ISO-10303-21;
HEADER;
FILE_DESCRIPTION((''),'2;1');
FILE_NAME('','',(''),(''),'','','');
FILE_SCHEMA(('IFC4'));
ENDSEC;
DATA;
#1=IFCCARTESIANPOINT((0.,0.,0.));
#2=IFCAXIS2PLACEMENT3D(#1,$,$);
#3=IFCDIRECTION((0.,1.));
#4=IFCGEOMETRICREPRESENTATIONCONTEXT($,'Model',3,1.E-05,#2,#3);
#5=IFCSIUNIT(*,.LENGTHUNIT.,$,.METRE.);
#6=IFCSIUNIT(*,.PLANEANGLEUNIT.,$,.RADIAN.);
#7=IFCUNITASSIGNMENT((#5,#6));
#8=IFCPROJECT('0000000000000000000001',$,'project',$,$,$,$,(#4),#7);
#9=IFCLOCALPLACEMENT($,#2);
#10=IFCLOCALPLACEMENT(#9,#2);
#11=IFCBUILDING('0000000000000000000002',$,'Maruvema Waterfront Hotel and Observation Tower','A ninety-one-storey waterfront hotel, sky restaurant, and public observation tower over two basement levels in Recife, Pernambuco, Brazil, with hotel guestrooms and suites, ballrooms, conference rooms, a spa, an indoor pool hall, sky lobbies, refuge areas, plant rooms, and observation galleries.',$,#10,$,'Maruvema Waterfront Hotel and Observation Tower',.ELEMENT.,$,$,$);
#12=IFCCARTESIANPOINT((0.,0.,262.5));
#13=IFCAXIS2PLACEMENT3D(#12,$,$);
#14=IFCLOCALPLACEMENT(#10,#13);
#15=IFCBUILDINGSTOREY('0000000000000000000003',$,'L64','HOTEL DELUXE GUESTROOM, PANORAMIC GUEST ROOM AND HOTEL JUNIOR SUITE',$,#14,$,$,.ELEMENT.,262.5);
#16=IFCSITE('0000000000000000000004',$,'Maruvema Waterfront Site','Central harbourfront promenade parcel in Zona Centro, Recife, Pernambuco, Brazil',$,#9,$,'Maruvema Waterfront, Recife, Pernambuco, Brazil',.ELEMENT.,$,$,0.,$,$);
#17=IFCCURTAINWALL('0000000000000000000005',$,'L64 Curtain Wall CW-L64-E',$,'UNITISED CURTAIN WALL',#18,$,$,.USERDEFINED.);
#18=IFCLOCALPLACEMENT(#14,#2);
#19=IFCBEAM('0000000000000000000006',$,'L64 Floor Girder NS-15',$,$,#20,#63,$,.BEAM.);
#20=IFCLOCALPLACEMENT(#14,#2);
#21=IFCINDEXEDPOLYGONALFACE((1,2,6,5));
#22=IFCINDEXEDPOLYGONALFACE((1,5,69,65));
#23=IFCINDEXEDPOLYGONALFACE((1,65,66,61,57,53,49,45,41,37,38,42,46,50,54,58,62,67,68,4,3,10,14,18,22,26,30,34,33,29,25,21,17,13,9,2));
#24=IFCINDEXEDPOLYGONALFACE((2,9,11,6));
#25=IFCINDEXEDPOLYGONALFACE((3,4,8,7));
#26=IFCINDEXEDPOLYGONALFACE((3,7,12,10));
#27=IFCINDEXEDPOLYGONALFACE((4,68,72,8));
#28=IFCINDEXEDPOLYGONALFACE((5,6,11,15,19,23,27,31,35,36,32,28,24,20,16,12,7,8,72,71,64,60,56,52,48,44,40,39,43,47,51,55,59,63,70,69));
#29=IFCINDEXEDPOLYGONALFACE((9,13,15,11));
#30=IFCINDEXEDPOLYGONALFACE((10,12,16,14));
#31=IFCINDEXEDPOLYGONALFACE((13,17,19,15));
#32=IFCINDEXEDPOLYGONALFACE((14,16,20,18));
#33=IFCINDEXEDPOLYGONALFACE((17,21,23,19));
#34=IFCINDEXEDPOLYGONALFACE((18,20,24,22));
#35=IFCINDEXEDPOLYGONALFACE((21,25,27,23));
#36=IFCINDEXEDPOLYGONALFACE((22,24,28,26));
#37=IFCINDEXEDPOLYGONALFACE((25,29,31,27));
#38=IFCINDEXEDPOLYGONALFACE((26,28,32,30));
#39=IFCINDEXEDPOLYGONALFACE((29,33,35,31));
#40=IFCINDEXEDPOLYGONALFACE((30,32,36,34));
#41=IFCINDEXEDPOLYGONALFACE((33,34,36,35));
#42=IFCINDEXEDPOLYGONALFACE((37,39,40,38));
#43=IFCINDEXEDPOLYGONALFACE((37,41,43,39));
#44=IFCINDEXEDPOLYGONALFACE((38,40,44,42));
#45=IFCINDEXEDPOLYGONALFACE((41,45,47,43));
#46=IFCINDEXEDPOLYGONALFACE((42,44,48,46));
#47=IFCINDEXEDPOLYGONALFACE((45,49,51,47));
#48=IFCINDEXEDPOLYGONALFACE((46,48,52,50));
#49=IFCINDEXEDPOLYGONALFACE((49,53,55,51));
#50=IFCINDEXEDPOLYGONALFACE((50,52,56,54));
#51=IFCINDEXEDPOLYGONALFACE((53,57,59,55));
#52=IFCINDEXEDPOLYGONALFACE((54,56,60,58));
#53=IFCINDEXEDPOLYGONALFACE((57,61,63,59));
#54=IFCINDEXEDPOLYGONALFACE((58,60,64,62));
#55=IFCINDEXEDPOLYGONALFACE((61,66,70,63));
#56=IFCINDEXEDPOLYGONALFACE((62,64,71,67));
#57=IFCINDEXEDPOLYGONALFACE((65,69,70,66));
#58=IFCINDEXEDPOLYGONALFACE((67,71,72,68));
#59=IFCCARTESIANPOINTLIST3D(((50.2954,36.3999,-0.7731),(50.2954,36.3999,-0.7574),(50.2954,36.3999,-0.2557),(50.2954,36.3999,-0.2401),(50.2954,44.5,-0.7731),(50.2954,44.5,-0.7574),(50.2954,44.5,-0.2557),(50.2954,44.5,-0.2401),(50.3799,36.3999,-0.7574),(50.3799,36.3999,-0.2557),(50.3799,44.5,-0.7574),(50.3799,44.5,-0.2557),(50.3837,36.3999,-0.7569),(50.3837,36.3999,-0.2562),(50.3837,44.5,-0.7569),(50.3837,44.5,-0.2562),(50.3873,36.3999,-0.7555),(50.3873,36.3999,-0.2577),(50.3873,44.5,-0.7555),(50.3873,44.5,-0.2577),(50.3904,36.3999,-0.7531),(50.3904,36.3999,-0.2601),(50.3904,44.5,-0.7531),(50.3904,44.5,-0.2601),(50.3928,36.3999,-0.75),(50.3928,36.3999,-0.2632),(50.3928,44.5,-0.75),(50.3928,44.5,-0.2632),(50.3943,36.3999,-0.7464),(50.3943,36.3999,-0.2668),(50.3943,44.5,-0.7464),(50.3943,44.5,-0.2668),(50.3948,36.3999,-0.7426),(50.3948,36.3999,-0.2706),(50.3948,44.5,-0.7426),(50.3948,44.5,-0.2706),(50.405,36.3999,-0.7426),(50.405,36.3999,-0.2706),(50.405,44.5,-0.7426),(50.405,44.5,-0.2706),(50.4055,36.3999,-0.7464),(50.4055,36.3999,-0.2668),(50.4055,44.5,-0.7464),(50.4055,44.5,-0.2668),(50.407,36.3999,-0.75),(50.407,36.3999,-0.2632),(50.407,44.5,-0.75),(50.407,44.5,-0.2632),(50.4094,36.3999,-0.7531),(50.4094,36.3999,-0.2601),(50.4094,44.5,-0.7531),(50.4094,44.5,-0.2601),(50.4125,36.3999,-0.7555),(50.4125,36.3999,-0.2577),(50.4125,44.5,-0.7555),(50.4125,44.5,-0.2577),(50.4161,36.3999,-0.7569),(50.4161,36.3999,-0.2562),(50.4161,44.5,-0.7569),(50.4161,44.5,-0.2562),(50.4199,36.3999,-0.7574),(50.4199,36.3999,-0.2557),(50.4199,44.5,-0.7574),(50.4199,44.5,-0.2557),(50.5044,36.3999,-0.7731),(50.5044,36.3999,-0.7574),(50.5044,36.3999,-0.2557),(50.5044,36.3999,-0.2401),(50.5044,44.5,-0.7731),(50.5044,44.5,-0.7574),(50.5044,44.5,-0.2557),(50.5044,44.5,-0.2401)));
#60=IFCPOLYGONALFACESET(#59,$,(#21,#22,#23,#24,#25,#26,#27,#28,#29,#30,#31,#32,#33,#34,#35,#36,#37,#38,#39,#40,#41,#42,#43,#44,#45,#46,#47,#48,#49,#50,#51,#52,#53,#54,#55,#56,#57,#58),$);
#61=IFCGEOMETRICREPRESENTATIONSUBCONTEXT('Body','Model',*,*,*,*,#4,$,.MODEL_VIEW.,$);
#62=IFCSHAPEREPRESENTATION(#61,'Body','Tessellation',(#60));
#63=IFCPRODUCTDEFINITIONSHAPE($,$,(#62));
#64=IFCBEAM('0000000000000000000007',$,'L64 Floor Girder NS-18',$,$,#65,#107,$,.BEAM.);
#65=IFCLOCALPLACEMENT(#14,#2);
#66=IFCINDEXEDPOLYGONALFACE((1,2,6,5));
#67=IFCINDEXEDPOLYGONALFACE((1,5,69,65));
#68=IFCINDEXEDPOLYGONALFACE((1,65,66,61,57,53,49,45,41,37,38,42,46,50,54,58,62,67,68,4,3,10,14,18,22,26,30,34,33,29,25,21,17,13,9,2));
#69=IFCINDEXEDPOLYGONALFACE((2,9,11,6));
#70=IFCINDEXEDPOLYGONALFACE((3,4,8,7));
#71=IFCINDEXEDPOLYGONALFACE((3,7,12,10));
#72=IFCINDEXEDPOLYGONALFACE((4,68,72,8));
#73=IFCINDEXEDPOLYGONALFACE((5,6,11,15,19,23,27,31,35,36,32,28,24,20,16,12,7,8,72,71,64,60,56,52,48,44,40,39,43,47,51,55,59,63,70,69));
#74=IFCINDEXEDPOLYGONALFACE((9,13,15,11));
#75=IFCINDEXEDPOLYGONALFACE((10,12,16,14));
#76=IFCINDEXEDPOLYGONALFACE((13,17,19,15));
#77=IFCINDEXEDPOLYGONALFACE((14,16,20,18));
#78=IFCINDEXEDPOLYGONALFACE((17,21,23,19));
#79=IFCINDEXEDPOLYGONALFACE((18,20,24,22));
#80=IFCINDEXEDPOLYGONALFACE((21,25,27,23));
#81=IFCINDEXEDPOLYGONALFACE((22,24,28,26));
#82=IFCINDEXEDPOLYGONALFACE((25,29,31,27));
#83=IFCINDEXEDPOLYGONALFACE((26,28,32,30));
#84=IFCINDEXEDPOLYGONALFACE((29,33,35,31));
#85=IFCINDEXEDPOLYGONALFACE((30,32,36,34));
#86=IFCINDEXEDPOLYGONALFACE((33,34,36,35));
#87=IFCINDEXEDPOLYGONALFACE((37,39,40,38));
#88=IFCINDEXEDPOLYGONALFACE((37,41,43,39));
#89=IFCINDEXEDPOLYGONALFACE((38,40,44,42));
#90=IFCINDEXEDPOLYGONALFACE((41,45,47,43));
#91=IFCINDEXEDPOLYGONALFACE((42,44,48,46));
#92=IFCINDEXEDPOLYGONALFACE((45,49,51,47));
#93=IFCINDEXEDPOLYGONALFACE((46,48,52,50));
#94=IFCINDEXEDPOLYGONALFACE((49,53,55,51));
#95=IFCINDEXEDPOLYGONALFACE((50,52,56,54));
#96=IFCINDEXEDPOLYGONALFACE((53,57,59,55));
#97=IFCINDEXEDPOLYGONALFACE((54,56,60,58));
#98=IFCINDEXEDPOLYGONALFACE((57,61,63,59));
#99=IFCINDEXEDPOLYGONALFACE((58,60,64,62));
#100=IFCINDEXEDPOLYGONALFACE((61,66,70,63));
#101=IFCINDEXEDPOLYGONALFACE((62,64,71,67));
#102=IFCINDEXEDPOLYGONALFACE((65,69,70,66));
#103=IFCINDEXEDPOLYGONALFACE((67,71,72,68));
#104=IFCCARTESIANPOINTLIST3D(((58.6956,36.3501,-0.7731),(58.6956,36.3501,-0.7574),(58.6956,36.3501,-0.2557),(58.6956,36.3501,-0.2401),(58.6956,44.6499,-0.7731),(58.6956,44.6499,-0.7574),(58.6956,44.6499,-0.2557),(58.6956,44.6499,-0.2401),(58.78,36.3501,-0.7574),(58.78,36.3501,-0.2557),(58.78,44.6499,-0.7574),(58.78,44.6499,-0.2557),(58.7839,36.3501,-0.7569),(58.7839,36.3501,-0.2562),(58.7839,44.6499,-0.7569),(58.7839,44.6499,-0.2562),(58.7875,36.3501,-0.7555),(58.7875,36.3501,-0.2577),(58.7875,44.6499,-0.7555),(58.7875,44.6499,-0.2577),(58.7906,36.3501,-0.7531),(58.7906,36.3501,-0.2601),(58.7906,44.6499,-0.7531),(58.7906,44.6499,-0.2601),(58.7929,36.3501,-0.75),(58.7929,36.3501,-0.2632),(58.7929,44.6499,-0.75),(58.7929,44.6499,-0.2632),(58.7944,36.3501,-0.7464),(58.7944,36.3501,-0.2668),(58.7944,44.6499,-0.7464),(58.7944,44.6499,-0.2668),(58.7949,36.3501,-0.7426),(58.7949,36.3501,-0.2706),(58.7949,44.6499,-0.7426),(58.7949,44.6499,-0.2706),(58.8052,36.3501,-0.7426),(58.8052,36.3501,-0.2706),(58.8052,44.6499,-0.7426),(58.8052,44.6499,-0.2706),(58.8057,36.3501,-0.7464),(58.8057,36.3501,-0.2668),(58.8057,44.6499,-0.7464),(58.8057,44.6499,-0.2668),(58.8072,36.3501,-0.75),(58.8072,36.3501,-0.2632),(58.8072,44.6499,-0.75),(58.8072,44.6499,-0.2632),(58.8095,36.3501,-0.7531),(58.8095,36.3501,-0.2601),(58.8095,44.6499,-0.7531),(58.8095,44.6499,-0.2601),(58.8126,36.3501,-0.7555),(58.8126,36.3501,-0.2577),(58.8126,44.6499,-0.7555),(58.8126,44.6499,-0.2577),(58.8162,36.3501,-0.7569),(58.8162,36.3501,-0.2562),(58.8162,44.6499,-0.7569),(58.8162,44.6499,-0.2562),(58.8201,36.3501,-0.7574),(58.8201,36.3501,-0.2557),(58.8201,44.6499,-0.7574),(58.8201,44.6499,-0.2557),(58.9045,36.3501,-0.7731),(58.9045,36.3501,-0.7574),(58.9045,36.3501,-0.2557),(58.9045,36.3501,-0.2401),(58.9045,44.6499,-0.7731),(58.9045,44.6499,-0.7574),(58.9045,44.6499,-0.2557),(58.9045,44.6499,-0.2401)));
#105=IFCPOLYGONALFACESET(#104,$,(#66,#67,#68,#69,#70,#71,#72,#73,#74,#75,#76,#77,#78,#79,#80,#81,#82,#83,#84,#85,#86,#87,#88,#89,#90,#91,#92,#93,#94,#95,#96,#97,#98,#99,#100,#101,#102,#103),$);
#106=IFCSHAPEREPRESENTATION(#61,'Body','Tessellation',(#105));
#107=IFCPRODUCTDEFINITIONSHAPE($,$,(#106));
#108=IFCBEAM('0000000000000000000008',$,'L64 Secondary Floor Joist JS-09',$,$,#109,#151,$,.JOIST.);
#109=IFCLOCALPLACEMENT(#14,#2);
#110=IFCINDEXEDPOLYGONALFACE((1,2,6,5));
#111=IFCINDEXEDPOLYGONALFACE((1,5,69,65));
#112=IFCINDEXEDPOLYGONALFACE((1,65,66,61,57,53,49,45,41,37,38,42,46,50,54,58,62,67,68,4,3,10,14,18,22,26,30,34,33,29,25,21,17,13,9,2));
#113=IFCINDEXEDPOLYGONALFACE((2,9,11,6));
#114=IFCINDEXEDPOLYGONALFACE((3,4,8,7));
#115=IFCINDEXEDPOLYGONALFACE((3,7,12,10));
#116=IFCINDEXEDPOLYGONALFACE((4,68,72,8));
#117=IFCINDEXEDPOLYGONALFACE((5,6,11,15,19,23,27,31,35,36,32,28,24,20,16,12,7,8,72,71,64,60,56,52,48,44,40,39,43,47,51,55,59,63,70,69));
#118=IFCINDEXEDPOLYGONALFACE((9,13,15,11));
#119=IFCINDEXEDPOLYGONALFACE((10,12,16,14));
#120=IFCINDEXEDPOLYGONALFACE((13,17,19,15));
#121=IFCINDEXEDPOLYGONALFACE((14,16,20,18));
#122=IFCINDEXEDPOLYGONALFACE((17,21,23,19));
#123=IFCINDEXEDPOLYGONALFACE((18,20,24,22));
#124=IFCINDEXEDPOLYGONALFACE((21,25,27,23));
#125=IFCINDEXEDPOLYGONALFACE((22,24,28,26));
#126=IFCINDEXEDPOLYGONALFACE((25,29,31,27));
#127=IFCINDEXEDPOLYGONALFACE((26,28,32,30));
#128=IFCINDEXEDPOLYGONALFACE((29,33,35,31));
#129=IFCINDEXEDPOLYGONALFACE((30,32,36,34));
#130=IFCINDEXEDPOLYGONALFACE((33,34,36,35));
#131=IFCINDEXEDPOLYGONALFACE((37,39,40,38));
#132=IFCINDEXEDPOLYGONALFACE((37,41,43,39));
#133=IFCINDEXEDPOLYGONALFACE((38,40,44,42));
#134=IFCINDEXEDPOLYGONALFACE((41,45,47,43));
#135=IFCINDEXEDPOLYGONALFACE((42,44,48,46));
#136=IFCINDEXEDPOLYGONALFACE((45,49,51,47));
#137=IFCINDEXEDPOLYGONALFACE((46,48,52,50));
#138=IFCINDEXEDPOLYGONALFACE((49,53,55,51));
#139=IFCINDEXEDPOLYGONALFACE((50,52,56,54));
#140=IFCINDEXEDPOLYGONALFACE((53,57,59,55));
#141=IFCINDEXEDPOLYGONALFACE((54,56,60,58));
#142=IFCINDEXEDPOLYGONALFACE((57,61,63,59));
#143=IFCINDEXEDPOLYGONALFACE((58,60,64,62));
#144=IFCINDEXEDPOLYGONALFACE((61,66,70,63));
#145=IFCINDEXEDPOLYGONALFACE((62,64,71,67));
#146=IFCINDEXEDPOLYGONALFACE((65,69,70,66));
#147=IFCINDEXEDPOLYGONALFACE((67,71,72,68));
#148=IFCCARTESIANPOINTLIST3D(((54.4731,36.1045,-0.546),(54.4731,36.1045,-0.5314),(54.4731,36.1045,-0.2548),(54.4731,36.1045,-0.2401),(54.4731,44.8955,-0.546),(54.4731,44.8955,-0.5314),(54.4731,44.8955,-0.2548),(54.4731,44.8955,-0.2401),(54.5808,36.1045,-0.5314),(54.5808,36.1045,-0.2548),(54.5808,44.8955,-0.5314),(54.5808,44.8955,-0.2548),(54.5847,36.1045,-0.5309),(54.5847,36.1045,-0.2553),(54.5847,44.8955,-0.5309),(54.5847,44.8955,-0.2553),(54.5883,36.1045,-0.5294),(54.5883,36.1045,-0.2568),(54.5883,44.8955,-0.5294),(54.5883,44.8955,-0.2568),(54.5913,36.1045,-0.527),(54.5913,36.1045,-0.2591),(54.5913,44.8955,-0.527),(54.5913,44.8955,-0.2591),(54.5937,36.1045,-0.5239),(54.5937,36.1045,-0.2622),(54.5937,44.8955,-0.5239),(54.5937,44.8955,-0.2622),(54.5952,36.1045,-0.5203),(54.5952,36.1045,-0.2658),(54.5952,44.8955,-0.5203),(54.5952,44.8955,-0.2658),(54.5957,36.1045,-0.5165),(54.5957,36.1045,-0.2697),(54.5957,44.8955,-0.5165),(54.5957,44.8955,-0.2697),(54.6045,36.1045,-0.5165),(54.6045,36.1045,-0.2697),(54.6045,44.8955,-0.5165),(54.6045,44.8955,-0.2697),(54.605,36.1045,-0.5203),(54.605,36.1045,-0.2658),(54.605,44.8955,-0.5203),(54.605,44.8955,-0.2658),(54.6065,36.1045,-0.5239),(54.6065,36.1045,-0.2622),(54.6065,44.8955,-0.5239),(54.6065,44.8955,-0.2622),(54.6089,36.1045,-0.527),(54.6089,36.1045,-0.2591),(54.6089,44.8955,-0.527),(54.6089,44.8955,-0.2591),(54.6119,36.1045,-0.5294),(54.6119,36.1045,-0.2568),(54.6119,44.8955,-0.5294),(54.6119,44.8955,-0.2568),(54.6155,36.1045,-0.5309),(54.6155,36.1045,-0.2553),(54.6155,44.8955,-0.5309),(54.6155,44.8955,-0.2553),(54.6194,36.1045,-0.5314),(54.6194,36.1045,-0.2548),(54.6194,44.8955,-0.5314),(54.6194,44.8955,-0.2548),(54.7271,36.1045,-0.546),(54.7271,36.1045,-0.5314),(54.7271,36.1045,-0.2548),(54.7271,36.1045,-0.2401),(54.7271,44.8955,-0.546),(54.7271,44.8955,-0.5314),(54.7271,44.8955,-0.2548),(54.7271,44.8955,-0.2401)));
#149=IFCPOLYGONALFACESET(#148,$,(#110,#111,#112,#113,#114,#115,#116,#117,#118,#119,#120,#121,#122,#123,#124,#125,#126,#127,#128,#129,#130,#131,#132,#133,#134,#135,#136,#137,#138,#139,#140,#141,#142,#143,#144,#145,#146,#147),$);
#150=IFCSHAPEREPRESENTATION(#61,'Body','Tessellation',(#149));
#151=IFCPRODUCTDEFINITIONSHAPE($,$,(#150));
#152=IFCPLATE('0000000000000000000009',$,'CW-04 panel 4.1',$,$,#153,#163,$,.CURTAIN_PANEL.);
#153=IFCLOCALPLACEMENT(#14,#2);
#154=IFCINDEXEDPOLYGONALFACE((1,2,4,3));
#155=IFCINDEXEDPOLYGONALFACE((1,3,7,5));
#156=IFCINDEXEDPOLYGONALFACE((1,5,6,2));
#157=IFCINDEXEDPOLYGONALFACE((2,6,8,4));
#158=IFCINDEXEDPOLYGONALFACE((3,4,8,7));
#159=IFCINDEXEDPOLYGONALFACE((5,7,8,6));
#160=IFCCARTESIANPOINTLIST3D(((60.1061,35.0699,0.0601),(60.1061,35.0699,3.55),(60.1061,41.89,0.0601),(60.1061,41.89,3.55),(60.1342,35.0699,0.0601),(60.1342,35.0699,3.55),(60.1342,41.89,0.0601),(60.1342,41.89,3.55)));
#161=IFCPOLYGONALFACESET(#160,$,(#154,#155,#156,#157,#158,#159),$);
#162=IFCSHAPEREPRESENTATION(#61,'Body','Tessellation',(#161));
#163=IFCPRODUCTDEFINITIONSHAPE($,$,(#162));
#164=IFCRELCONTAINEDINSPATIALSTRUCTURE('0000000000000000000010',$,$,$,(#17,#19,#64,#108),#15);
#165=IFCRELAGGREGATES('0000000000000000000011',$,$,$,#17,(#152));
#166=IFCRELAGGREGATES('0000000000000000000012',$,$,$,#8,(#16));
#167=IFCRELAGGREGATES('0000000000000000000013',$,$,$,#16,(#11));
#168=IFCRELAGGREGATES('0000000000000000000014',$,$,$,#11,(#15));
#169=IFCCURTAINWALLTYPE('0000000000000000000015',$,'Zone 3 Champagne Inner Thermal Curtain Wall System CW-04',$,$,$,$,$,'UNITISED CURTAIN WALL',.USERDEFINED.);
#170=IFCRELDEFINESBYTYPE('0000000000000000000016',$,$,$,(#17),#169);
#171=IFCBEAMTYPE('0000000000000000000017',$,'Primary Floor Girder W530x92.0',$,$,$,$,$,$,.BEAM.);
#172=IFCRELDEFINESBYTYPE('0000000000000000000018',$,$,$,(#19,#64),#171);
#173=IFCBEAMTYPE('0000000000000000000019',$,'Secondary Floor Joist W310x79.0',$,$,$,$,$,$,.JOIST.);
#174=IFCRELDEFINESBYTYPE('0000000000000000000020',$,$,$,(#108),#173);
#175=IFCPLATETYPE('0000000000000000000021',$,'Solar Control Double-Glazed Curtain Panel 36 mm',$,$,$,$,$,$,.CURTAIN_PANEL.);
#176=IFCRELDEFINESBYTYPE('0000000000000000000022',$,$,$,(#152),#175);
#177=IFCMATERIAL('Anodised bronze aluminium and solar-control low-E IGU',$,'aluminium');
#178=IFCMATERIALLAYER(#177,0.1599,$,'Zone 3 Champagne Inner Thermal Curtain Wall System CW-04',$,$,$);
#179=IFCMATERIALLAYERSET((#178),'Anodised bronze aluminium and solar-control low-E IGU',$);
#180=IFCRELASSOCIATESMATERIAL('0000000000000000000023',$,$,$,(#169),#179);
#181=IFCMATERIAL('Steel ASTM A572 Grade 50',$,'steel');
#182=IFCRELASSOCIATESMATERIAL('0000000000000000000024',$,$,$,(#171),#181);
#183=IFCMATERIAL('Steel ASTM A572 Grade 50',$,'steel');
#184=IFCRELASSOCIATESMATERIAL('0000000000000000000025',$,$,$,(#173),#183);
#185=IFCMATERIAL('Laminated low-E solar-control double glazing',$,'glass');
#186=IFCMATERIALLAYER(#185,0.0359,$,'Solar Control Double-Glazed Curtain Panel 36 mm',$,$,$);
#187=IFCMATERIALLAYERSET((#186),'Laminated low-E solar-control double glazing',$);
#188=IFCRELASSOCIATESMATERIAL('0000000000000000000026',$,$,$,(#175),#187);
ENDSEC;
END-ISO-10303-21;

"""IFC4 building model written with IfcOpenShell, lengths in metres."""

from ifc_helpers import new_model, si_unit, direction, frame, origin, origin_2d, place, context, subcontext, project, spatial, rectangle, i_section, extrude, material, layer, layer_set, material_profile, profile_set, type_object, element, aggregate, save


model = new_model("IFC4")

# Units and contexts
model_context = context("Model", 3, precision=1e-05, world=origin(), true_north=direction((0.0, 1.0)))
body_context = subcontext(model_context, "Body", "Model", "MODEL_VIEW")
ifc_project = project(units=[si_unit("LENGTHUNIT", "METRE"), si_unit("PLANEANGLEUNIT", "RADIAN")], contexts=[model_context])

# Site, building, storey
site_placement = place(None, origin())
site = spatial("IfcSite", under=ifc_project, at=site_placement, Name="Maruvema Waterfront Site", Description="Central harbourfront promenade parcel in Zona Centro, Recife, Pernambuco, Brazil", LongName="Maruvema Waterfront, Recife, Pernambuco, Brazil", CompositionType="ELEMENT", RefElevation=0.0)
building_placement = place(site_placement, origin())
building = spatial("IfcBuilding", under=site, at=building_placement, Name="Maruvema Waterfront Hotel and Observation Tower", Description="A ninety-one-storey waterfront hotel, sky restaurant, and public observation tower over two basement levels in Recife, Pernambuco, Brazil, with hotel guestrooms and suites, ballrooms, conference rooms, a spa, an indoor pool hall, sky lobbies, refuge areas, plant rooms, and observation galleries.", LongName="Maruvema Waterfront Hotel and Observation Tower", CompositionType="ELEMENT")
storey_placement = place(building_placement, frame((0.0, 0.0, 262.5)))
storey = spatial("IfcBuildingStorey", under=building, at=storey_placement, Name="L64", Description="HOTEL DELUXE GUESTROOM, PANORAMIC GUEST ROOM AND HOTEL JUNIOR SUITE", CompositionType="ELEMENT", Elevation=262.5)

# Curtain wall
ifc_material_1 = material(Name="Anodised bronze aluminium and solar-control low-E IGU", Category="aluminium")
ifc_layer_1 = layer(ifc_material_1, 0.1599, Name="Zone 3 Champagne Inner Thermal Curtain Wall System CW-04")
ifc_layer_set_1 = layer_set([ifc_layer_1], Name="Anodised bronze aluminium and solar-control low-E IGU")
curtain_wall_type = type_object("IfcCurtainWallType", Name="Zone 3 Champagne Inner Thermal Curtain Wall System CW-04", ElementType="UNITISED CURTAIN WALL", PredefinedType="USERDEFINED", material=ifc_layer_set_1)
curtain_wall_placement = place(storey_placement, origin())
curtain_wall = element("IfcCurtainWall", 1, at=curtain_wall_placement, inside=storey, type_object=curtain_wall_type, Name="L64 Curtain Wall CW-L64-E", ObjectType="UNITISED CURTAIN WALL", PredefinedType="USERDEFINED")

# Beams
ifc_material_2 = material(Name="Steel ASTM A572 Grade 50", Category="steel")
ifc_material_profile_1 = material_profile(ifc_material_2, i_section(OverallWidth=0.209, OverallDepth=0.533, WebThickness=0.0103, FlangeThickness=0.0156, FilletRadius=0.0149, at=origin_2d()), Name="W530x92.0")
ifc_profile_set_1 = profile_set([ifc_material_profile_1], Name="Steel ASTM A572 Grade 50")
beam_type_1 = type_object("IfcBeamType", Name="Primary Floor Girder W530x92.0", PredefinedType="BEAM", material=ifc_profile_set_1)
beam_1_placement = place(storey_placement, frame((50.3999, 36.3999, -0.5066), z_axis=(0.0, 1.0, 0.0), x_axis=(-1.0, 0.0, 0.0)))
element("IfcBeam", 2, at=beam_1_placement, inside=storey, type_object=beam_type_1, Name="L64 Floor Girder NS-15", PredefinedType="BEAM", context=body_context, shape_type="SweptSolid", body=[
    extrude(i_section(OverallWidth=0.209, OverallDepth=0.533, WebThickness=0.0103, FlangeThickness=0.0156, FilletRadius=0.0149, at=origin_2d()), origin(), (0.0, 0.0, 1.0), 8.1001),
])
beam_2_placement = place(storey_placement, frame((58.8, 36.3501, -0.5066), z_axis=(0.0, 1.0, 0.0), x_axis=(-1.0, 0.0, 0.0)))
element("IfcBeam", 3, at=beam_2_placement, inside=storey, type_object=beam_type_1, Name="L64 Floor Girder NS-18", PredefinedType="BEAM", context=body_context, shape_type="SweptSolid", body=[
    extrude(i_section(OverallWidth=0.209, OverallDepth=0.533, WebThickness=0.0103, FlangeThickness=0.0156, FilletRadius=0.0149, at=origin_2d()), origin(), (0.0, 0.0, 1.0), 8.2998),
])
ifc_material_3 = material(Name="Steel ASTM A572 Grade 50", Category="steel")
ifc_material_profile_2 = material_profile(ifc_material_3, i_section(OverallWidth=0.2539, OverallDepth=0.3059, WebThickness=0.0088, FlangeThickness=0.0146, FilletRadius=0.0149, at=origin_2d()), Name="W310x79.0")
ifc_profile_set_2 = profile_set([ifc_material_profile_2], Name="Steel ASTM A572 Grade 50")
beam_type_2 = type_object("IfcBeamType", Name="Secondary Floor Joist W310x79.0", PredefinedType="JOIST", material=ifc_profile_set_2)
beam_3_placement = place(storey_placement, frame((54.6001, 36.1045, -0.3931), z_axis=(0.0, 1.0, 0.0), x_axis=(-1.0, 0.0, 0.0)))
element("IfcBeam", 4, at=beam_3_placement, inside=storey, type_object=beam_type_2, Name="L64 Secondary Floor Joist JS-09", PredefinedType="JOIST", context=body_context, shape_type="SweptSolid", body=[
    extrude(i_section(OverallWidth=0.2539, OverallDepth=0.3059, WebThickness=0.0088, FlangeThickness=0.0146, FilletRadius=0.0149, at=origin_2d()), origin(), (0.0, 0.0, 1.0), 8.791),
])

# Plate
ifc_material_4 = material(Name="Laminated low-E solar-control double glazing", Category="glass")
ifc_layer_2 = layer(ifc_material_4, 0.0359, Name="Solar Control Double-Glazed Curtain Panel 36 mm")
ifc_layer_set_2 = layer_set([ifc_layer_2], Name="Laminated low-E solar-control double glazing")
plate_type = type_object("IfcPlateType", Name="Solar Control Double-Glazed Curtain Panel 36 mm", PredefinedType="CURTAIN_PANEL", material=ifc_layer_set_2)
plate_placement = place(storey_placement, frame((60.1201, 38.48, 0.0601), z_axis=(0.0, 0.0, 1.0), x_axis=(0.0, 1.0, 0.0)))
plate = element("IfcPlate", 5, at=plate_placement, type_object=plate_type, Name="CW-04 panel 4.1", PredefinedType="CURTAIN_PANEL", context=body_context, shape_type="SweptSolid", body=[
    extrude(rectangle(XDim=6.8201, YDim=0.0281, at=origin_2d()), origin(), (0.0, 0.0, 1.0), 3.49),
])
aggregate(curtain_wall, [plate])

save(model, "model.ifc")
